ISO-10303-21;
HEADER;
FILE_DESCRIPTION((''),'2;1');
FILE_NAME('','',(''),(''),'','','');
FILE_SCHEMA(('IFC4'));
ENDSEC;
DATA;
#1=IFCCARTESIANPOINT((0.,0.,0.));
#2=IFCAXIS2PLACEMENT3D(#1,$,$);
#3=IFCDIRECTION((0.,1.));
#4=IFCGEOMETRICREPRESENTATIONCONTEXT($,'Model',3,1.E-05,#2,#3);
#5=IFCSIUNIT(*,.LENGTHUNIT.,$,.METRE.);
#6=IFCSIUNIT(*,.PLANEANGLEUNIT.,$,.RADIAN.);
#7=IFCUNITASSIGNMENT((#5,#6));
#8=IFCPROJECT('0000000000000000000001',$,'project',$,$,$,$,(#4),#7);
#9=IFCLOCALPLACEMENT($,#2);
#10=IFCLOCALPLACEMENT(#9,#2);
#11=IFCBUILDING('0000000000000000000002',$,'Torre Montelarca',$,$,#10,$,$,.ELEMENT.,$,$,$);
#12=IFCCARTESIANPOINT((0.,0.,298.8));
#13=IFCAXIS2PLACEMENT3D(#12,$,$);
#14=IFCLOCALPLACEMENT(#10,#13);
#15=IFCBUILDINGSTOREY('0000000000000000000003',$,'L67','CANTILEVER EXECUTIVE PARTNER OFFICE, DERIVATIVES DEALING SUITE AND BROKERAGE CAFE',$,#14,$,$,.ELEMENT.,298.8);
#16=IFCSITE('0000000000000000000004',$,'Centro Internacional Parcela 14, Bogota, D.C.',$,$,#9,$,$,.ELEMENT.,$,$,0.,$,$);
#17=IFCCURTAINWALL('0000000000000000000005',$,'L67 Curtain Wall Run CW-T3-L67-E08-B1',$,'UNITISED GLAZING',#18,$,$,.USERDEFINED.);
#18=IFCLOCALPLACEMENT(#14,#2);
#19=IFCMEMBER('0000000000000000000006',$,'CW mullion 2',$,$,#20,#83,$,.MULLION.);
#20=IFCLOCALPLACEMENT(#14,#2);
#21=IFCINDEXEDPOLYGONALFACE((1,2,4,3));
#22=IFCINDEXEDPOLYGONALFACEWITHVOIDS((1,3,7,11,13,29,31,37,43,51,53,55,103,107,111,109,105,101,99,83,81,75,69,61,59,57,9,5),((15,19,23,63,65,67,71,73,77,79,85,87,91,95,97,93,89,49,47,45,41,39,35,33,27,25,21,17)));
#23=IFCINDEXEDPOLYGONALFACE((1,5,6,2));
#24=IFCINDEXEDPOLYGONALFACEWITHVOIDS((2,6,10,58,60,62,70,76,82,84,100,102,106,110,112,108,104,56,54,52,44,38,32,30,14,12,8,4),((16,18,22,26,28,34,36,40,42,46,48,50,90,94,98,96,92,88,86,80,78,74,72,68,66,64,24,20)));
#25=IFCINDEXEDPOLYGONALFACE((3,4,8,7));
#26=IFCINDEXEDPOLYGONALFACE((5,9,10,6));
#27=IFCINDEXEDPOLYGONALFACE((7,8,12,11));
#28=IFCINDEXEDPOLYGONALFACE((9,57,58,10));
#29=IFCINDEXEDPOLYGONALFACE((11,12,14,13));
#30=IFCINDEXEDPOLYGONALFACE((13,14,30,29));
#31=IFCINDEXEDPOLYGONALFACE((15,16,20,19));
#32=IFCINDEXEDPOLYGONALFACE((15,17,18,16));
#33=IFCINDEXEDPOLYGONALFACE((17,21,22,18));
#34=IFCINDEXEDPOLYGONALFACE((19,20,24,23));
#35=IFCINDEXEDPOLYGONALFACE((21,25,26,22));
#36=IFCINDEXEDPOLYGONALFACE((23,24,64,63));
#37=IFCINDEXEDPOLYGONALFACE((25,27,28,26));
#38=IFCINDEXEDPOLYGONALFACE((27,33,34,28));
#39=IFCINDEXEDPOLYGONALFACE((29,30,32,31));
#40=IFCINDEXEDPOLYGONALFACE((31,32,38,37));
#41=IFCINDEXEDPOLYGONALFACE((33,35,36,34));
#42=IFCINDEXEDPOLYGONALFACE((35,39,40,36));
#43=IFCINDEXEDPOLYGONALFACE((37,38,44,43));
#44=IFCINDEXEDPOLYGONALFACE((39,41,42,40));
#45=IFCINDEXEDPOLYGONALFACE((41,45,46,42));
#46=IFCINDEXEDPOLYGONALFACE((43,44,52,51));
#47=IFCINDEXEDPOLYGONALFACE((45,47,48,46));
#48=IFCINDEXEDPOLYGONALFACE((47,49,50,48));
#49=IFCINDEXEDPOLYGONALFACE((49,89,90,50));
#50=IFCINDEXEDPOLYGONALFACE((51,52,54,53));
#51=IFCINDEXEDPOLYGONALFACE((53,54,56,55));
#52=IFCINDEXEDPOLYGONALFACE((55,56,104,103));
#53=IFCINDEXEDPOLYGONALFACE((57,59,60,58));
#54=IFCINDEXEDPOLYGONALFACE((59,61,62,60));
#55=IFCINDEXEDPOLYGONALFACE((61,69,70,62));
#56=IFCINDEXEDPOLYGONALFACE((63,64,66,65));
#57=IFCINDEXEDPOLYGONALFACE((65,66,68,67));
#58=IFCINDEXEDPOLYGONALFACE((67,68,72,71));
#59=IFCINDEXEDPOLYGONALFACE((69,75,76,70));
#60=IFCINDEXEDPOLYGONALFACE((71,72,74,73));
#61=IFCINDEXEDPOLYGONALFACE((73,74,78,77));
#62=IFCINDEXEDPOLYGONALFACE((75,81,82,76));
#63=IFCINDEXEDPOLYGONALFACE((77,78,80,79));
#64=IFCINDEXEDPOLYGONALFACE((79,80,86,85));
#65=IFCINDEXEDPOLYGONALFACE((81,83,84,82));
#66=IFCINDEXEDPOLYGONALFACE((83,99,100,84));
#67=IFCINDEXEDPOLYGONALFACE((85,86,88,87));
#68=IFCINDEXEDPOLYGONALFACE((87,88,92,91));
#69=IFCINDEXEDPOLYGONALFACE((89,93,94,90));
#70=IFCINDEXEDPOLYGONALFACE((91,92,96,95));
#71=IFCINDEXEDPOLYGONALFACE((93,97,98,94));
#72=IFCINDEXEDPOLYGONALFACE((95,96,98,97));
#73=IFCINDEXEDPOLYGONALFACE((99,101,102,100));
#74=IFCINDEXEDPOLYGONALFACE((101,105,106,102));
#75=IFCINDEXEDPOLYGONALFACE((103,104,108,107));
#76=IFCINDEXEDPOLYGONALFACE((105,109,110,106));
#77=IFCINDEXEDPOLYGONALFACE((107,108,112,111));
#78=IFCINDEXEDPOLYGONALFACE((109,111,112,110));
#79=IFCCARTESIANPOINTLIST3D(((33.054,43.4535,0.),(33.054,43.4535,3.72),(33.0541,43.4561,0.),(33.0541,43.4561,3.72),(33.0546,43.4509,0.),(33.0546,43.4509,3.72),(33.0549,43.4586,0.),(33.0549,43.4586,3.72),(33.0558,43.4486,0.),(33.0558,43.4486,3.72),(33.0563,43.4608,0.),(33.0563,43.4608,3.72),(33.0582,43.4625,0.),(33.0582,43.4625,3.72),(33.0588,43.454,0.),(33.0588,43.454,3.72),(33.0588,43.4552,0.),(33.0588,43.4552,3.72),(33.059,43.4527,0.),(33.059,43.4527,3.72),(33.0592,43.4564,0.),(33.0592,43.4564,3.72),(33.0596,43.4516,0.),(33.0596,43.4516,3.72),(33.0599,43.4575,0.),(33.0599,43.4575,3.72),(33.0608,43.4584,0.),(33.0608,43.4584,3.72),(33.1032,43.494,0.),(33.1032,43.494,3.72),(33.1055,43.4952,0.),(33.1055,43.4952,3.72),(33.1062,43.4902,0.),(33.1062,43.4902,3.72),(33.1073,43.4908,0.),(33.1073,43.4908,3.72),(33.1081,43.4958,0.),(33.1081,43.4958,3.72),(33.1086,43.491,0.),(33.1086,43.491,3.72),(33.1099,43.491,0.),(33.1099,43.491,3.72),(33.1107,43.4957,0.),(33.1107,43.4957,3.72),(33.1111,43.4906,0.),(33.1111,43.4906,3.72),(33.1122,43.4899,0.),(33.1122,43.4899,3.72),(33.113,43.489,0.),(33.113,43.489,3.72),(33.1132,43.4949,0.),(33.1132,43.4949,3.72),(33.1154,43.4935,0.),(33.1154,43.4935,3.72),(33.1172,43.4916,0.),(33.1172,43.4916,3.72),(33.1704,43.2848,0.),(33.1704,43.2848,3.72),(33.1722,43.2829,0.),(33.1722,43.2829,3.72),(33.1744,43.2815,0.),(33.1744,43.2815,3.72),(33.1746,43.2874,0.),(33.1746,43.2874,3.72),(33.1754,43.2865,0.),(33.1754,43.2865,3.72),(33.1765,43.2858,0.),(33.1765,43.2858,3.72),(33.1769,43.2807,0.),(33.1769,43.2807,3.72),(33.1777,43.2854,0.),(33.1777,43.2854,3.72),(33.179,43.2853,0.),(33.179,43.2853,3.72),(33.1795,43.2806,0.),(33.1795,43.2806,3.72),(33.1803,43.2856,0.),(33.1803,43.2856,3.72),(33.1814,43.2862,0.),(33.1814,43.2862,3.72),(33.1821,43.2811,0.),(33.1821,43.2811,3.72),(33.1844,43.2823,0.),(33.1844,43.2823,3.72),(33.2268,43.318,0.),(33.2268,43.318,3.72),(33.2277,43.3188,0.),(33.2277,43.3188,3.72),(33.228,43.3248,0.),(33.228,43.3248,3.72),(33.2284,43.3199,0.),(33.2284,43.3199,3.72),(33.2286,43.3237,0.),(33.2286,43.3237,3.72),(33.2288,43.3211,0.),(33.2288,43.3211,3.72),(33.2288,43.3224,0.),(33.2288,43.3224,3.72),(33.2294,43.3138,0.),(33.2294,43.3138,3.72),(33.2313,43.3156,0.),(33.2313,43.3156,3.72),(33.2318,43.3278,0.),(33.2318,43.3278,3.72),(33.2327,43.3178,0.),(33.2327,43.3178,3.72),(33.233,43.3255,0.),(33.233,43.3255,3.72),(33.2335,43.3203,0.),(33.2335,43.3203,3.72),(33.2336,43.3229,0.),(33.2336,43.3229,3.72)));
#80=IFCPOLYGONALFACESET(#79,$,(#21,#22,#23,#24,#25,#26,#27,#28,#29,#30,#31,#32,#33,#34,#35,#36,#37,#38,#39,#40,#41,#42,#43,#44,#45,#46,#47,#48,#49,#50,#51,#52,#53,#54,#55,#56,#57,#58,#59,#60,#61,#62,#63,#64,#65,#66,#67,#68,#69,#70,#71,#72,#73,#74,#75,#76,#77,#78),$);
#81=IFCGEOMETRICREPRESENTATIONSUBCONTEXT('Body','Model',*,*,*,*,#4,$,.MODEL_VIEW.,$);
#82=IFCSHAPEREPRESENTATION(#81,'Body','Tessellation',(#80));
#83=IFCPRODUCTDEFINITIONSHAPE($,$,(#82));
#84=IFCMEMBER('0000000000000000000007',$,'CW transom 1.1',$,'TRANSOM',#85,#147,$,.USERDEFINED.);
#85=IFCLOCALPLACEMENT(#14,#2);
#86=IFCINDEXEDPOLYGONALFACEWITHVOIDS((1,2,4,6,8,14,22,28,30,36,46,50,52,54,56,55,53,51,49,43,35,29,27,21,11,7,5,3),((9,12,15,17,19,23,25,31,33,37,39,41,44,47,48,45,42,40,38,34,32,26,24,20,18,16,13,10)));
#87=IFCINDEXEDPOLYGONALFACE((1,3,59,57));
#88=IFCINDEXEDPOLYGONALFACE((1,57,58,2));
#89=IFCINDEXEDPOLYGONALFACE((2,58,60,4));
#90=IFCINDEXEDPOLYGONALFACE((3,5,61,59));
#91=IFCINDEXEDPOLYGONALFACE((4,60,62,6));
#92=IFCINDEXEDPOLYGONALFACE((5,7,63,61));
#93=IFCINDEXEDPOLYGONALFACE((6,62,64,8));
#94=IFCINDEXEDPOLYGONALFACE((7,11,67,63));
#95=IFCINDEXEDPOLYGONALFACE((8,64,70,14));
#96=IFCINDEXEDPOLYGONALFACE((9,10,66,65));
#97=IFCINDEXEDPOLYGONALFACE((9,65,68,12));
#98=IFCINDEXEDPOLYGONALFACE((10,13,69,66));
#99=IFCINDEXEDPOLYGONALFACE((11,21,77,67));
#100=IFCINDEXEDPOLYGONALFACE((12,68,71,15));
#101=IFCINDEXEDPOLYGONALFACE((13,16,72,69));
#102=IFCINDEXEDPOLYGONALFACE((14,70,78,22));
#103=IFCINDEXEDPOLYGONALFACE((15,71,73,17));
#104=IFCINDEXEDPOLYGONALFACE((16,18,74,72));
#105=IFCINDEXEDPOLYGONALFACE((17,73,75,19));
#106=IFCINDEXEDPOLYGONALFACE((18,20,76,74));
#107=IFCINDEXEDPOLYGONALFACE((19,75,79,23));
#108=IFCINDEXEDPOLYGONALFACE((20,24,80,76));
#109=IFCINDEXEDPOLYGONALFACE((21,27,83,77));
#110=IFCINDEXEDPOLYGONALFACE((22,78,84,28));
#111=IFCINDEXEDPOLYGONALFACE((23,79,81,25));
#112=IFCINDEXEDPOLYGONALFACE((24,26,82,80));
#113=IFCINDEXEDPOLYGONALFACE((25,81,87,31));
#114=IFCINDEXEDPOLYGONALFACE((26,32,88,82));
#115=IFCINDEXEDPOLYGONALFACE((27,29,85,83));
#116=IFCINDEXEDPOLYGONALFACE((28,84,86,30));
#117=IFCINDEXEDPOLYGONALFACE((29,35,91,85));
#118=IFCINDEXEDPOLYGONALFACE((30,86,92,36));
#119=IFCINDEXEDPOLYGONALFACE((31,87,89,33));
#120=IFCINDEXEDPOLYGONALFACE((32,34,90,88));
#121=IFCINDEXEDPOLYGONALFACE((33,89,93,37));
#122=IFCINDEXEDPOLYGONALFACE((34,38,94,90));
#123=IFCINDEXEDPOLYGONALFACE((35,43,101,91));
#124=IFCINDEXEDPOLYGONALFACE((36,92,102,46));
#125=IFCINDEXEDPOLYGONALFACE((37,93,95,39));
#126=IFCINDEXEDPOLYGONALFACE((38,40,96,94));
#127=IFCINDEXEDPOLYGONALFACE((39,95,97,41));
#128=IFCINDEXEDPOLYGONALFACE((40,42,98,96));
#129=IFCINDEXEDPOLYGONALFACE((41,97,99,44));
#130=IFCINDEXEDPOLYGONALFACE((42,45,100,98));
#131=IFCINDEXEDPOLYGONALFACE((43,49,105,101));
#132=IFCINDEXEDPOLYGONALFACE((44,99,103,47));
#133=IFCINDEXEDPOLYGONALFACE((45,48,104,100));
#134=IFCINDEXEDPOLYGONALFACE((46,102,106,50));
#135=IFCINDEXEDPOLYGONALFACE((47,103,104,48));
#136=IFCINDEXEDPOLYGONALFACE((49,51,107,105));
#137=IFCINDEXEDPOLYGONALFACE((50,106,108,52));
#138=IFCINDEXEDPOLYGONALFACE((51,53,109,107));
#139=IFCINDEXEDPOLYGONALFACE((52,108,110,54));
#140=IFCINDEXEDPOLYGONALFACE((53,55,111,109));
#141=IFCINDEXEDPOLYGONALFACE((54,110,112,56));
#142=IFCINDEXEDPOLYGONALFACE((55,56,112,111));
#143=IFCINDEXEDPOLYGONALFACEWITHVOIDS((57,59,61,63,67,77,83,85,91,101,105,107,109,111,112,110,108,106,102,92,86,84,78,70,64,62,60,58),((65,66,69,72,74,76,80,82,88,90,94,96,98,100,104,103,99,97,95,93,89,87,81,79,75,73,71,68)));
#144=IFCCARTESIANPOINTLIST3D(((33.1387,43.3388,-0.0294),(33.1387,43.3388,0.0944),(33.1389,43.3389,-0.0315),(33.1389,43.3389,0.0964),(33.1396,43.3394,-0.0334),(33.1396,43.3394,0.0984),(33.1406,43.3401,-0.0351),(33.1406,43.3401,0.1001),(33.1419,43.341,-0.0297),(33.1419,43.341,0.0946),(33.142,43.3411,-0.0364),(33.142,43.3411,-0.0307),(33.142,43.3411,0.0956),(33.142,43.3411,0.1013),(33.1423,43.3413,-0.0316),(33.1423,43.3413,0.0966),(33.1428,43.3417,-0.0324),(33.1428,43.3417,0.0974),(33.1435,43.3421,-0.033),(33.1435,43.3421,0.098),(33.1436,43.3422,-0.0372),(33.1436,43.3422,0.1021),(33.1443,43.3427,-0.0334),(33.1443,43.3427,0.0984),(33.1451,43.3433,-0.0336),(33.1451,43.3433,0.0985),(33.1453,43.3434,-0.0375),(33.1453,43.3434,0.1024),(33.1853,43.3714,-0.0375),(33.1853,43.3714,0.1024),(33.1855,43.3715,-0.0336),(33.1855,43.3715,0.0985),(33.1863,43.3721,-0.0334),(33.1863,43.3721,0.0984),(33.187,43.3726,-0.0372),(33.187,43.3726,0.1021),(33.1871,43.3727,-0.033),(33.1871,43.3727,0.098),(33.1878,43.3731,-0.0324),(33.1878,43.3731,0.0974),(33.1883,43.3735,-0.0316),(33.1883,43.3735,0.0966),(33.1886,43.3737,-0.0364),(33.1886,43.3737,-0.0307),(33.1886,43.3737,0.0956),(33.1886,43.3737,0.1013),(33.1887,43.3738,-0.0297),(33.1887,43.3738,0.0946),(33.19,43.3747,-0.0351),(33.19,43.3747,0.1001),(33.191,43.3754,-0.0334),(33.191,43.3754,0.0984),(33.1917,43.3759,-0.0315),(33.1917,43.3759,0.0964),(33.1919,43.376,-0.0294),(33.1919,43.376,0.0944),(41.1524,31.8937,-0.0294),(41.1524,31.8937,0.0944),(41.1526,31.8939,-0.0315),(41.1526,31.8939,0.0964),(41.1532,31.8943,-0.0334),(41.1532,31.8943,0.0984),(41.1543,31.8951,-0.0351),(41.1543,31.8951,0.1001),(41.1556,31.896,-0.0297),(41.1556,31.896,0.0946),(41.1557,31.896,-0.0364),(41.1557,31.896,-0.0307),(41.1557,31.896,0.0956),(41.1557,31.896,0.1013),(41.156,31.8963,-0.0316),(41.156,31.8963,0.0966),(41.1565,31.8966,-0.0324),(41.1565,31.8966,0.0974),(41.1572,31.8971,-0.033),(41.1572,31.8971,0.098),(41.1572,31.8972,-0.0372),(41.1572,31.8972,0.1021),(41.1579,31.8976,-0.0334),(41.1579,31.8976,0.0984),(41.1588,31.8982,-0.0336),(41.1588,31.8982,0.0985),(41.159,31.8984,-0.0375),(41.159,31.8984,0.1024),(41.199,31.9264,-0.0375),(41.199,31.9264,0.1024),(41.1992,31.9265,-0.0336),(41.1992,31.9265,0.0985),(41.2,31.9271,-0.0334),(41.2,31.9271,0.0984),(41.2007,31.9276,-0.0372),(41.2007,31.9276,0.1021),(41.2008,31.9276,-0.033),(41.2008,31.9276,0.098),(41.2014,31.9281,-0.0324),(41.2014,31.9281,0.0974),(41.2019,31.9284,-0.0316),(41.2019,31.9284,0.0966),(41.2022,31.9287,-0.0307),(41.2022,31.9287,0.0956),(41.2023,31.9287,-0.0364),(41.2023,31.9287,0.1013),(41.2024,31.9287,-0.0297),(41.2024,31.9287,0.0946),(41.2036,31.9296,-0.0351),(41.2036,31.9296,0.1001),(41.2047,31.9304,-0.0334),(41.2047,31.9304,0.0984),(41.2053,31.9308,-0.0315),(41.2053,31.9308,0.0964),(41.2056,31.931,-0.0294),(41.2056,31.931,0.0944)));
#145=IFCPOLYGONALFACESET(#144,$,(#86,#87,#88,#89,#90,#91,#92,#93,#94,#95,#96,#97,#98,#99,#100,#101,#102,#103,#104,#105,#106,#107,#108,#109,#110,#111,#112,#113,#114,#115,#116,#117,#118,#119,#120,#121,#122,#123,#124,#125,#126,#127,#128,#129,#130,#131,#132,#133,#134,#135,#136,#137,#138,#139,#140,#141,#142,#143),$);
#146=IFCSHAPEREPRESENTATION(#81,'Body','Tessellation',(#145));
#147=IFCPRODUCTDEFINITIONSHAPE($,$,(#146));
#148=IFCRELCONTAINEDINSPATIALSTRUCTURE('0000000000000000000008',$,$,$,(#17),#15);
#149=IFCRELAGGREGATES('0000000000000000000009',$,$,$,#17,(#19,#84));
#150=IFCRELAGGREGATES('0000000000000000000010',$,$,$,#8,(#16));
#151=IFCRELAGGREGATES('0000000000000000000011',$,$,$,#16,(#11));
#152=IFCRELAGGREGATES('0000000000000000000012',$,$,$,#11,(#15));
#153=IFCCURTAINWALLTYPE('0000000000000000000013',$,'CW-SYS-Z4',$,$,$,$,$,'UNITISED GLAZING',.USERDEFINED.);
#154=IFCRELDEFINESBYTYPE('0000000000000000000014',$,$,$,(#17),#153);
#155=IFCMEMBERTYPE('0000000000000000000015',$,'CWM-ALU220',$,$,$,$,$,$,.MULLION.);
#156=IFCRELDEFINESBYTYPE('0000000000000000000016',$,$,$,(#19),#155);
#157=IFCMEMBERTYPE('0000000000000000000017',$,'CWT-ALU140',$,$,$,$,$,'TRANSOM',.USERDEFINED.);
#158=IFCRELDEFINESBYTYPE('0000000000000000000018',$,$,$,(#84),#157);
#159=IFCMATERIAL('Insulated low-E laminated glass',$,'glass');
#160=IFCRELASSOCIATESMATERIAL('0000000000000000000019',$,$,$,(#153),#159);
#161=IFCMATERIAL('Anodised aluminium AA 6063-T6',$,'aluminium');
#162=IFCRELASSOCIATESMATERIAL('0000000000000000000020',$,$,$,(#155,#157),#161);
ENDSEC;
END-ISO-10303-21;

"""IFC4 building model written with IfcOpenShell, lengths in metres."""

from ifc_helpers import new_model, si_unit, direction, frame, origin, origin_2d, place, context, subcontext, project, spatial, hollow_rectangle, extrude, source, transform, mapped, material, material_profile, profile_set, type_object, element, aggregate, save


model = new_model("IFC4")

# Units and contexts
model_context = context("Model", 3, precision=1e-05, world=origin(), true_north=direction((0.0, 1.0)))
body_context = subcontext(model_context, "Body", "Model", "MODEL_VIEW")
ifc_project = project(units=[si_unit("LENGTHUNIT", "METRE"), si_unit("PLANEANGLEUNIT", "RADIAN")], contexts=[model_context])

# Site, building, storey
site_placement = place(None, origin())
site = spatial("IfcSite", under=ifc_project, at=site_placement, Name="Centro Internacional Parcela 14, Bogota, D.C.", CompositionType="ELEMENT", RefElevation=0.0)
building_placement = place(site_placement, origin())
building = spatial("IfcBuilding", under=site, at=building_placement, Name="Torre Montelarca", CompositionType="ELEMENT")
storey_placement = place(building_placement, frame((0.0, 0.0, 298.8)))
storey = spatial("IfcBuildingStorey", under=building, at=storey_placement, Name="L67", Description="CANTILEVER EXECUTIVE PARTNER OFFICE, DERIVATIVES DEALING SUITE AND BROKERAGE CAFE", CompositionType="ELEMENT", Elevation=298.8)

# Shared definitions
ifc_material_1 = material(Name="Insulated low-E laminated glass", Category="glass")
curtain_wall_type = type_object("IfcCurtainWallType", Name="CW-SYS-Z4", ElementType="UNITISED GLAZING", PredefinedType="USERDEFINED", material=ifc_material_1)
ifc_material_2 = material(Name="Anodised aluminium AA 6063-T6", Category="aluminium")
ifc_material_profile_1 = material_profile(ifc_material_2, hollow_rectangle(XDim=0.075, YDim=0.22, WallThickness=0.0049, InnerFilletRadius=0.0049, OuterFilletRadius=0.01, at=origin_2d()), Name="ALU75X220X5", Category="aluminium")
ifc_profile_set_1 = profile_set([ifc_material_profile_1], Name="Anodised aluminium AA 6063-T6")
member_type_1 = type_object("IfcMemberType", Name="CWM-ALU220", PredefinedType="MULLION", material=ifc_profile_set_1)
shared_shape_1 = source(origin(), body_context, "Body", "SweptSolid", [
    extrude(hollow_rectangle(XDim=0.075, YDim=0.22, WallThickness=0.0049, InnerFilletRadius=0.0049, OuterFilletRadius=0.01, at=origin_2d()), origin(), (0.0, 0.0, 1.0), 3.72),
])

# Curtain wall, members
curtain_wall_1_placement = place(storey_placement, origin())
curtain_wall_1 = element("IfcCurtainWall", 1, at=curtain_wall_1_placement, inside=storey, type_object=curtain_wall_type, Name="L67 Curtain Wall Run CW-T3-L67-E08-B1", ObjectType="UNITISED GLAZING", PredefinedType="USERDEFINED")
member_1_placement = place(storey_placement, frame((33.1438, 43.3882, 0.0), z_axis=(0.0, 0.0, 1.0), x_axis=(-0.819156, -0.573571, 0.0)))
member_1 = element("IfcMember", 2, at=member_1_placement, type_object=member_type_1, Name="CW mullion 2", PredefinedType="MULLION", context=body_context, shape_type="MappedRepresentation", body=[
    mapped(shared_shape_1, transform((0.0, 0.0, 0.0), scale=1.0)),
])
ifc_material_profile_2 = material_profile(ifc_material_2, hollow_rectangle(XDim=0.0649, YDim=0.1399, WallThickness=0.0039, InnerFilletRadius=0.0039, OuterFilletRadius=0.0081, at=origin_2d()), Name="ALU65X140X4", Category="aluminium")
ifc_profile_set_2 = profile_set([ifc_material_profile_2], Name="Anodised aluminium AA 6063-T6")
member_type_2 = type_object("IfcMemberType", Name="CWT-ALU140", ElementType="TRANSOM", PredefinedType="USERDEFINED", material=ifc_profile_set_2)
shared_shape_2 = source(origin(), body_context, "Body", "SweptSolid", [
    extrude(hollow_rectangle(XDim=0.0649, YDim=0.1399, WallThickness=0.0039, InnerFilletRadius=0.0039, OuterFilletRadius=0.0081, at=origin_2d()), origin(), (0.0, 0.0, 1.0), 13.9717),
])
member_2_placement = place(storey_placement, frame((41.179, 31.9124, 0.0325), z_axis=(-0.573564, 0.81916, 0.0), x_axis=(-0.81916, -0.573564, 0.0)))
member_2 = element("IfcMember", 3, at=member_2_placement, type_object=member_type_2, Name="CW transom 1.1", ObjectType="TRANSOM", PredefinedType="USERDEFINED", context=body_context, shape_type="MappedRepresentation", body=[
    mapped(shared_shape_2, transform((0.0, 0.0, 0.0), scale=1.0)),
])
aggregate(curtain_wall_1, [member_1, member_2])

save(model, "model.ifc")
